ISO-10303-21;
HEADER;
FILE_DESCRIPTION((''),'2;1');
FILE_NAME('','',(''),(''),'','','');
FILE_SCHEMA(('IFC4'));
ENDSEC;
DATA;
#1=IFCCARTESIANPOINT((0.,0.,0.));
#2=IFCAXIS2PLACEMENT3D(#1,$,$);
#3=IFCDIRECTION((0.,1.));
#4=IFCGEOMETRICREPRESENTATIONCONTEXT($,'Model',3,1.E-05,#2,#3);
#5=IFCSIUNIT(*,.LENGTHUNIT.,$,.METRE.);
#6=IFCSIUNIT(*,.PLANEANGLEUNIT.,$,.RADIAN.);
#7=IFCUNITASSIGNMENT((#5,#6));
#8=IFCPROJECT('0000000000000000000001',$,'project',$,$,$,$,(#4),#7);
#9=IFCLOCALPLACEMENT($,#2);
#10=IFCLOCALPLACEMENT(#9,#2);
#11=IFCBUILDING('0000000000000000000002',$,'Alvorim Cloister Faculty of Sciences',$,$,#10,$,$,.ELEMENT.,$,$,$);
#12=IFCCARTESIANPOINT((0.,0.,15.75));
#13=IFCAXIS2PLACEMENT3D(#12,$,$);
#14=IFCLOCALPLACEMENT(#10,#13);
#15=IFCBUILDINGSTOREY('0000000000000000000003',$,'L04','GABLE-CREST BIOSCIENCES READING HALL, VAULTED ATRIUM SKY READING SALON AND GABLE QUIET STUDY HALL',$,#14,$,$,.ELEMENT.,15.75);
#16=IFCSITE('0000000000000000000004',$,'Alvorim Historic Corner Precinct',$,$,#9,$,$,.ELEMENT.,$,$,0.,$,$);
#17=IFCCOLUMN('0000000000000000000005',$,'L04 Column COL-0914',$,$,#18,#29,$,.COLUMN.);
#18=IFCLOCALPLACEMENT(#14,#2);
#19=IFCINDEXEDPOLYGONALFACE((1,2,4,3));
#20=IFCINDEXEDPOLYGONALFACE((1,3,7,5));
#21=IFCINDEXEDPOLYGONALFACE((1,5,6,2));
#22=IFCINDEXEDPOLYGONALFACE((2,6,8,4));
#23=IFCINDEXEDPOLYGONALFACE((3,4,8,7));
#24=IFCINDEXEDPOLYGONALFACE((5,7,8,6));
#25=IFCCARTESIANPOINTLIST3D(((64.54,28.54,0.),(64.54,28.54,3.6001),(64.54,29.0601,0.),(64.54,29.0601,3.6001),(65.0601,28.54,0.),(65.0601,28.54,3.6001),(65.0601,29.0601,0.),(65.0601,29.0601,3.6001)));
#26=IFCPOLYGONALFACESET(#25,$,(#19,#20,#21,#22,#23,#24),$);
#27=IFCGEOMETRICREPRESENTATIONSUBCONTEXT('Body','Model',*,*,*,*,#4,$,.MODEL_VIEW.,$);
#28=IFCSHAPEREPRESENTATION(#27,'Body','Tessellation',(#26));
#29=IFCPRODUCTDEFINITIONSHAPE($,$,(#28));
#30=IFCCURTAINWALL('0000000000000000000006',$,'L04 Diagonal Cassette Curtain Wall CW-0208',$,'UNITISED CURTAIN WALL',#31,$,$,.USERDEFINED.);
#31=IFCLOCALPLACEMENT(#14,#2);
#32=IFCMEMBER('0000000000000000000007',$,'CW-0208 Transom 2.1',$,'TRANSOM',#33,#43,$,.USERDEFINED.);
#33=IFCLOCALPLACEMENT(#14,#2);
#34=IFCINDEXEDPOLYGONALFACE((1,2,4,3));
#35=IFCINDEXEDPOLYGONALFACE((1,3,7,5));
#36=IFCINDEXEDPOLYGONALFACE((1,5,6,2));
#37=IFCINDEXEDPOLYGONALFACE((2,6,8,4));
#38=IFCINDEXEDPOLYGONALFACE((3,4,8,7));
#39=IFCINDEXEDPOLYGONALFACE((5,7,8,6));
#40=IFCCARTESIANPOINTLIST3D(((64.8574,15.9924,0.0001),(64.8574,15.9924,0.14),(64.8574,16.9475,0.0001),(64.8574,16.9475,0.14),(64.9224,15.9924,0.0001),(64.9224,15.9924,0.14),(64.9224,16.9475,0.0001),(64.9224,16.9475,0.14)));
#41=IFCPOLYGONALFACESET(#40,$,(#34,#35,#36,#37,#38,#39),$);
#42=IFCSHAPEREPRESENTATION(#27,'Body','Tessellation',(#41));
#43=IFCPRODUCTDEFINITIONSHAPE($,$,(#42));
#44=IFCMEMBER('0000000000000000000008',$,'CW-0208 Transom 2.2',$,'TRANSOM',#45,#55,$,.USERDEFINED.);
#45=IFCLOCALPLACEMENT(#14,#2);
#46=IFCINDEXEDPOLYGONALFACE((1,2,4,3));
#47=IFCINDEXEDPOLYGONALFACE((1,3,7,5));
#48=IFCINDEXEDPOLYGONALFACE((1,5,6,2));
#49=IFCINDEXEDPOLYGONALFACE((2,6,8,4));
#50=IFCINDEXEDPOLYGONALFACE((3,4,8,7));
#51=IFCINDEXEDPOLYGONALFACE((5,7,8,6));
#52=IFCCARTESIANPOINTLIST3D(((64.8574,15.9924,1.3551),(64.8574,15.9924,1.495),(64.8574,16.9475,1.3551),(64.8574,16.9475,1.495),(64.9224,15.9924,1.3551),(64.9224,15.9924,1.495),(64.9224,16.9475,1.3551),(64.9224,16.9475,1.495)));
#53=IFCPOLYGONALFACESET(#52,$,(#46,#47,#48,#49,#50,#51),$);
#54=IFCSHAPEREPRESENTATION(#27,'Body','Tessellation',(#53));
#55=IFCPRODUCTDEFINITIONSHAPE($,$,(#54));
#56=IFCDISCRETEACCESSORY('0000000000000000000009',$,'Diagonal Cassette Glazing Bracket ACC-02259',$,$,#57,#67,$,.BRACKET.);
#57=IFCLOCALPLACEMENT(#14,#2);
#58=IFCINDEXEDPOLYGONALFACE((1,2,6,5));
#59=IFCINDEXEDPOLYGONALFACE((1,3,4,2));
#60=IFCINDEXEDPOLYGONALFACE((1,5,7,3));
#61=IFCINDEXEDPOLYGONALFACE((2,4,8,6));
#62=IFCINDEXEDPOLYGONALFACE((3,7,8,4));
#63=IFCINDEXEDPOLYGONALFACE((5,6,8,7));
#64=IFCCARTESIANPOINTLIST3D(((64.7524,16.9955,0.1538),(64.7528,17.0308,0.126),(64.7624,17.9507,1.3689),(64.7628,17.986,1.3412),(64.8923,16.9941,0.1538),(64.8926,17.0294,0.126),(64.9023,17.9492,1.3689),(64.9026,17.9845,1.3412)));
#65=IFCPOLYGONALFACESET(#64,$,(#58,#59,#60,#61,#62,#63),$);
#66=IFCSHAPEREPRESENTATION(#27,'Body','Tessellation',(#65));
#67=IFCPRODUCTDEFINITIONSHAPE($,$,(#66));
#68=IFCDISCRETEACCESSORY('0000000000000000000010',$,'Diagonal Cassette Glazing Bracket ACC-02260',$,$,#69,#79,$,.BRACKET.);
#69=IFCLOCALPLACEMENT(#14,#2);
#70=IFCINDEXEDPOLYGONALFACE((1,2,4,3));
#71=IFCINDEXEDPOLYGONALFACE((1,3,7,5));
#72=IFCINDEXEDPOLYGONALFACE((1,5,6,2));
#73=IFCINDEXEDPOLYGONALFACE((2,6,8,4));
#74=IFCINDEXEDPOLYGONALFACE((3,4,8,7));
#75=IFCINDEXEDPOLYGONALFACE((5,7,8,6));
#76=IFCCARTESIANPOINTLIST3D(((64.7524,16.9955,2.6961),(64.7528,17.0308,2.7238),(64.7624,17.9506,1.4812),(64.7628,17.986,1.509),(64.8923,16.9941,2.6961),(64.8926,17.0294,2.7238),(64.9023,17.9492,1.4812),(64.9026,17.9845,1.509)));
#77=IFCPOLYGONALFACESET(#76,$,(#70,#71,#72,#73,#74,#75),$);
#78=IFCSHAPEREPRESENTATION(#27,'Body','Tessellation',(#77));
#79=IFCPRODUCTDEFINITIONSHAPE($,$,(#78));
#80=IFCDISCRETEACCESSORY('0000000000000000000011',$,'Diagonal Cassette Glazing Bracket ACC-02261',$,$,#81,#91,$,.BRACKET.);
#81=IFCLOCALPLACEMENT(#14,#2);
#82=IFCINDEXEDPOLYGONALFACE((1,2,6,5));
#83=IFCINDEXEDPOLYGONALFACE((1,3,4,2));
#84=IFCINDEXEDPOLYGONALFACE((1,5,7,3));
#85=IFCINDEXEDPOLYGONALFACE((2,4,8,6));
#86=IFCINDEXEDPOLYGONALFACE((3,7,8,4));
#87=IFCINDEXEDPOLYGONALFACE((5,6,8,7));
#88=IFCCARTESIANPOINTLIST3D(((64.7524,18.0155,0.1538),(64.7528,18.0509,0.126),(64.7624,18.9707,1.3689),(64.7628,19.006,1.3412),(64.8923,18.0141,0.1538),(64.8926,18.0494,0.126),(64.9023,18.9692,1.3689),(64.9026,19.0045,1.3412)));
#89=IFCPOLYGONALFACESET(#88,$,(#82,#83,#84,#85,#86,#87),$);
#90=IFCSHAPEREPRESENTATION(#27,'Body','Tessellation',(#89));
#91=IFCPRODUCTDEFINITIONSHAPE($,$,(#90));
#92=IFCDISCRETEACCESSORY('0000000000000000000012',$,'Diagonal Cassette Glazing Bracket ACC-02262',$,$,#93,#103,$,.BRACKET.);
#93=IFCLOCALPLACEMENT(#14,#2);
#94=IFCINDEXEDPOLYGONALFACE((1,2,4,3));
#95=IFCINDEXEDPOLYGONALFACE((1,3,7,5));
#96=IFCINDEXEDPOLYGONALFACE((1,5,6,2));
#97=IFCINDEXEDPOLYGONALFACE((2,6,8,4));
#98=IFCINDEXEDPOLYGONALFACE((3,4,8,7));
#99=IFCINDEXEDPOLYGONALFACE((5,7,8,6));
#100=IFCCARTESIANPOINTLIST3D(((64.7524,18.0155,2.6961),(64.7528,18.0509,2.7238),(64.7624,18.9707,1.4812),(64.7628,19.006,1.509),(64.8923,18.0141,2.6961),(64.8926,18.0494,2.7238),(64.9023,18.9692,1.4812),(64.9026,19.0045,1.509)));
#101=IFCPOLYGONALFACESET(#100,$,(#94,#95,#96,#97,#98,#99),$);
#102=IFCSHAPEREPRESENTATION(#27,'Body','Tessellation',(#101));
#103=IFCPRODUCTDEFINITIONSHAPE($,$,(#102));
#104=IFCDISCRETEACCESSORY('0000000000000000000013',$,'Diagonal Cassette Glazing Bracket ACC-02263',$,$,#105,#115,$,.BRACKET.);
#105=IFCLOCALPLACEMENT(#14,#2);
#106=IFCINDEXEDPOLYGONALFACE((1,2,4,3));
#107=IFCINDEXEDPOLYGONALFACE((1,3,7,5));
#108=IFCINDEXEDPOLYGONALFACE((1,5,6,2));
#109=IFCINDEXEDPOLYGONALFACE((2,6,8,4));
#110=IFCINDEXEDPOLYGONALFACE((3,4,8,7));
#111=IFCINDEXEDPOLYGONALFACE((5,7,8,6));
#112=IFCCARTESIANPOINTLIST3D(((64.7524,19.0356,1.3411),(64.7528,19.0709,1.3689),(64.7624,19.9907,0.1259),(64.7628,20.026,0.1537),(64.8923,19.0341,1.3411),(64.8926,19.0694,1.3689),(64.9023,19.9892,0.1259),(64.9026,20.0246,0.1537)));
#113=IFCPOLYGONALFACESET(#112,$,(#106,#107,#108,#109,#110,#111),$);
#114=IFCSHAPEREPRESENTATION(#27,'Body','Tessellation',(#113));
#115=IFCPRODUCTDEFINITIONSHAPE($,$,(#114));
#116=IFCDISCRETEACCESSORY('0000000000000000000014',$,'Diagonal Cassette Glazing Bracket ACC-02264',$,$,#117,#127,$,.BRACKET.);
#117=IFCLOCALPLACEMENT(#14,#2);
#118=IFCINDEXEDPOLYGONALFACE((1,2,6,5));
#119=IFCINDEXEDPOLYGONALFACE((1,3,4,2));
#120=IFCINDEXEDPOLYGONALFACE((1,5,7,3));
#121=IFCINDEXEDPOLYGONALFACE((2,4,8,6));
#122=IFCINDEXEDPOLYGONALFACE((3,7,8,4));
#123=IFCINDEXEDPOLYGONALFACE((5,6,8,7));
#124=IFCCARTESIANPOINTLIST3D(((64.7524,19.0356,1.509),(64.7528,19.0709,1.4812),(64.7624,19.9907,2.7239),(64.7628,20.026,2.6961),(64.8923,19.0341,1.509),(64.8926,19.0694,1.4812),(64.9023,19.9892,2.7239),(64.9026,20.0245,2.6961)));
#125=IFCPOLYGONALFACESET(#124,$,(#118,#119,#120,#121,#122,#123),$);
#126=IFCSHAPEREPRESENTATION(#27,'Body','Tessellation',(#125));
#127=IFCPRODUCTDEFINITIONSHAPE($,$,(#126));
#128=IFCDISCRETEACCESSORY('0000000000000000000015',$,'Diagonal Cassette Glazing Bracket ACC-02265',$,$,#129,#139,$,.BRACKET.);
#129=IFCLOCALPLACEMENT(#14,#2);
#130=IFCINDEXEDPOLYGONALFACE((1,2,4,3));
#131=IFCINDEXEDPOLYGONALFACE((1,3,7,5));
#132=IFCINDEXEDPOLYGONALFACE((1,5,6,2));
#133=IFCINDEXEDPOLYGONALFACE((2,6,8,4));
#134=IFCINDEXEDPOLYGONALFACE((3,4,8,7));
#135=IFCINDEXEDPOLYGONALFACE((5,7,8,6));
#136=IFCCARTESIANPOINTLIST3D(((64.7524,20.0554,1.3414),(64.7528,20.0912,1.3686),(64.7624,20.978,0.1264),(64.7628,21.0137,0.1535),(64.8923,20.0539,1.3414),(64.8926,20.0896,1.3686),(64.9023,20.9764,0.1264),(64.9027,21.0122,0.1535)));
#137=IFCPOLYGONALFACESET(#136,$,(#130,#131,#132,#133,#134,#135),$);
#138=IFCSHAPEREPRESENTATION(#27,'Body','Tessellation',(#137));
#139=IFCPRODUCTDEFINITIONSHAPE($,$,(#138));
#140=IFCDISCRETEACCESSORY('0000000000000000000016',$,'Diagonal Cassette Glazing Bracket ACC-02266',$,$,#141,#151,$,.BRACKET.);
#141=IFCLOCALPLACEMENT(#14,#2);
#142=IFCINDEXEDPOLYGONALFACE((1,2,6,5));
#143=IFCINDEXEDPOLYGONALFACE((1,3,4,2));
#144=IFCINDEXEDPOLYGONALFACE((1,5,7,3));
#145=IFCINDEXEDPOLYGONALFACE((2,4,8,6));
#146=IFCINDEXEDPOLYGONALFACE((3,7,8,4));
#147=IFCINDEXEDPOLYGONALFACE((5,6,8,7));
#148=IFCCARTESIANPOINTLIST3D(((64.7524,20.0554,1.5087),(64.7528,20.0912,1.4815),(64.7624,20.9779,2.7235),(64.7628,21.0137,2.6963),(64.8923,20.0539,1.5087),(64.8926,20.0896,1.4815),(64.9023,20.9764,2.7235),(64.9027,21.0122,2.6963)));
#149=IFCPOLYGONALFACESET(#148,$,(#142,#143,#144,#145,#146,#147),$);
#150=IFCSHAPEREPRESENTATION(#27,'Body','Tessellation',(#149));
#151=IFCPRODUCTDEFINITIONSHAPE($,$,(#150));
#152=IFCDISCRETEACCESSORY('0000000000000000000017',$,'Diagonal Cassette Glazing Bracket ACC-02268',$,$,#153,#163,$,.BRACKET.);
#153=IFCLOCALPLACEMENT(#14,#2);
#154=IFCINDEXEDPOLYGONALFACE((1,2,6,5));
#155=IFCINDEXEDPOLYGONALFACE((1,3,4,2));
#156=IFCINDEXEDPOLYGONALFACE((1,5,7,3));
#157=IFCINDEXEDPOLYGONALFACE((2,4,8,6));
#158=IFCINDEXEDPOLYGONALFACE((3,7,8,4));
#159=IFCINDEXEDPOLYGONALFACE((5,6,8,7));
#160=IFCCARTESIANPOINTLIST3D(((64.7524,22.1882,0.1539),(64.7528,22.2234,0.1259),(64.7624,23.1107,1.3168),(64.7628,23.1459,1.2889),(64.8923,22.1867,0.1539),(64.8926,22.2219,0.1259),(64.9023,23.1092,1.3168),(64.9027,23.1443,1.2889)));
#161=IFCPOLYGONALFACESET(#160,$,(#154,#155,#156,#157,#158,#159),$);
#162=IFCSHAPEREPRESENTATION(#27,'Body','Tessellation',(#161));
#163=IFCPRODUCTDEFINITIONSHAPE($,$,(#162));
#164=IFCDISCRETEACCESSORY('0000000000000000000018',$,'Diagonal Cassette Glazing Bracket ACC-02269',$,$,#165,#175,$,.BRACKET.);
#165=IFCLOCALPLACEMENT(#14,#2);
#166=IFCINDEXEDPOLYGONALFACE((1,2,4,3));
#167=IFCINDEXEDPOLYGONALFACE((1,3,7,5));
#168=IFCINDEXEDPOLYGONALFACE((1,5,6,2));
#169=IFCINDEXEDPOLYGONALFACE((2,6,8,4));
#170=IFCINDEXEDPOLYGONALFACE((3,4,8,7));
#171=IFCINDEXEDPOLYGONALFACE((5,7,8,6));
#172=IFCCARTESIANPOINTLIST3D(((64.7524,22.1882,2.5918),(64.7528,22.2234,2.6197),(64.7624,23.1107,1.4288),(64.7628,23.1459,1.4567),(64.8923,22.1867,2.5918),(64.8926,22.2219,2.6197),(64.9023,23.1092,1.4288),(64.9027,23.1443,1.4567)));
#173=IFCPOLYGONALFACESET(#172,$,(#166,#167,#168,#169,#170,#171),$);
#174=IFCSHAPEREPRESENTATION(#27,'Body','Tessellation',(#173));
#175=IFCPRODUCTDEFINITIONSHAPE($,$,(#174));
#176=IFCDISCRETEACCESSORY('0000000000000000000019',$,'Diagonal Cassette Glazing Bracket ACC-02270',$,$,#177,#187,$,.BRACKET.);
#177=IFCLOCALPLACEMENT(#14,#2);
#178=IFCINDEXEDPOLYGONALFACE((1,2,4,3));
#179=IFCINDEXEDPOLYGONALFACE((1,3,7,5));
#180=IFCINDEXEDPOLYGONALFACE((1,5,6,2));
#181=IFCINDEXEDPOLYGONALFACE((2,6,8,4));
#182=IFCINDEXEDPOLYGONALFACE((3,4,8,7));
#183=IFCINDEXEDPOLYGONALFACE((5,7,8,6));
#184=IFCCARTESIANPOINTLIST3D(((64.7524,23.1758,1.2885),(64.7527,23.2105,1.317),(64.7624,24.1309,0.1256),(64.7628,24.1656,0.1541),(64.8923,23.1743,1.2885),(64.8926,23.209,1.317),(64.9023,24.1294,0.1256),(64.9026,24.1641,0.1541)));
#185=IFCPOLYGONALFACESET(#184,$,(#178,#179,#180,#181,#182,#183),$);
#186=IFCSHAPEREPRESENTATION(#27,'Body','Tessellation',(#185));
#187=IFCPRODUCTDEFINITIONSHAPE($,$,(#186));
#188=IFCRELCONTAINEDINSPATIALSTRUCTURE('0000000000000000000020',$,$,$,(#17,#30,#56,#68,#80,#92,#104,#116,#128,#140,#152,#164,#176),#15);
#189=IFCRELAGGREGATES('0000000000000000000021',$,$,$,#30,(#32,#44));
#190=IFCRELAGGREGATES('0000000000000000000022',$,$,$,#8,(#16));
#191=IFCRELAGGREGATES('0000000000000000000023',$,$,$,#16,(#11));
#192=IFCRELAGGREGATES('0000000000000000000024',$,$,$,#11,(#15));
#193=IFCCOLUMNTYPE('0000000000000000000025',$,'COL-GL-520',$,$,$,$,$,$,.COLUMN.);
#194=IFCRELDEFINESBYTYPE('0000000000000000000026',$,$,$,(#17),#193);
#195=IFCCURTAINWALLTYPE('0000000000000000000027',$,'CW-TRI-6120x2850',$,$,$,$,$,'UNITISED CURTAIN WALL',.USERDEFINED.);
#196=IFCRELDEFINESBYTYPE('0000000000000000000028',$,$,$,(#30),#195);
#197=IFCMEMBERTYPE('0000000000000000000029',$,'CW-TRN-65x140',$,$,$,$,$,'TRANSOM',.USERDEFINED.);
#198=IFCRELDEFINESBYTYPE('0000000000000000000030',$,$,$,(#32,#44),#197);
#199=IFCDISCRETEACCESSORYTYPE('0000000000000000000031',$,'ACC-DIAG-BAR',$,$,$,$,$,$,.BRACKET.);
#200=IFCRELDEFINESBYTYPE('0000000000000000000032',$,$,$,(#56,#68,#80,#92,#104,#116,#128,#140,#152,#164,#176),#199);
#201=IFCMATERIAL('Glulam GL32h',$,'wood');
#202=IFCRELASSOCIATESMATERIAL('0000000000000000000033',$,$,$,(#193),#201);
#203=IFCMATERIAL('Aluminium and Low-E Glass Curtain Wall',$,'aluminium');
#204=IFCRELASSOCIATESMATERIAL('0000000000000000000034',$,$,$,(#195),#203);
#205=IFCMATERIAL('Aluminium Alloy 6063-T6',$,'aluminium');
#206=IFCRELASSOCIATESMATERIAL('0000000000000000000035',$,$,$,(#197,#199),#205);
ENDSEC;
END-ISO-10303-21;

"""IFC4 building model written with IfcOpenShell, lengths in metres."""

from ifc_helpers import new_model, si_unit, direction, frame, origin, origin_2d, place, context, subcontext, project, spatial, rectangle, extrude, material, material_profile, profile_set, type_object, element, aggregate, save


model = new_model("IFC4")

# Units and contexts
model_context = context("Model", 3, precision=1e-05, world=origin(), true_north=direction((0.0, 1.0)))
body_context = subcontext(model_context, "Body", "Model", "MODEL_VIEW")
ifc_project = project(units=[si_unit("LENGTHUNIT", "METRE"), si_unit("PLANEANGLEUNIT", "RADIAN")], contexts=[model_context])

# Site, building, storey
site_placement = place(None, origin())
site = spatial("IfcSite", under=ifc_project, at=site_placement, Name="Alvorim Historic Corner Precinct", CompositionType="ELEMENT", RefElevation=0.0)
building_placement = place(site_placement, origin())
building = spatial("IfcBuilding", under=site, at=building_placement, Name="Alvorim Cloister Faculty of Sciences", CompositionType="ELEMENT")
storey_placement = place(building_placement, frame((0.0, 0.0, 15.75)))
storey = spatial("IfcBuildingStorey", under=building, at=storey_placement, Name="L04", Description="GABLE-CREST BIOSCIENCES READING HALL, VAULTED ATRIUM SKY READING SALON AND GABLE QUIET STUDY HALL", CompositionType="ELEMENT", Elevation=15.75)

# Column
ifc_material_1 = material(Name="Glulam GL32h", Category="wood")
ifc_material_profile_1 = material_profile(ifc_material_1, rectangle(XDim=0.52, YDim=0.52, at=origin_2d()), Name="GL32-COL-520x520")
ifc_profile_set_1 = profile_set([ifc_material_profile_1], Name="Glulam GL32h")
column_type = type_object("IfcColumnType", Name="COL-GL-520", PredefinedType="COLUMN", material=ifc_profile_set_1)
column_placement = place(storey_placement, frame((64.8, 28.8, 0.0), z_axis=(0.0, 0.0, 1.0), x_axis=(1.0, 0.0, 0.0)))
element("IfcColumn", 1, at=column_placement, inside=storey, type_object=column_type, Name="L04 Column COL-0914", PredefinedType="COLUMN", context=body_context, shape_type="SweptSolid", body=[
    extrude(rectangle(XDim=0.52, YDim=0.52, at=origin_2d()), origin(), (0.0, 0.0, 1.0), 3.6001),
])

# Curtain wall, members
ifc_material_2 = material(Name="Aluminium and Low-E Glass Curtain Wall", Category="aluminium")
curtain_wall_type = type_object("IfcCurtainWallType", Name="CW-TRI-6120x2850", ElementType="UNITISED CURTAIN WALL", PredefinedType="USERDEFINED", material=ifc_material_2)
curtain_wall_placement = place(storey_placement, origin())
curtain_wall = element("IfcCurtainWall", 2, at=curtain_wall_placement, inside=storey, type_object=curtain_wall_type, Name="L04 Diagonal Cassette Curtain Wall CW-0208", ObjectType="UNITISED CURTAIN WALL", PredefinedType="USERDEFINED")
ifc_material_3 = material(Name="Aluminium Alloy 6063-T6", Category="aluminium")
ifc_material_profile_2 = material_profile(ifc_material_3, rectangle(XDim=0.0649, YDim=0.1399, at=origin_2d()), Name="ALU-TRN-65x140")
ifc_profile_set_2 = profile_set([ifc_material_profile_2], Name="Aluminium Alloy 6063-T6")
member_type = type_object("IfcMemberType", Name="CW-TRN-65x140", ElementType="TRANSOM", PredefinedType="USERDEFINED", material=ifc_profile_set_2)
member_1_placement = place(storey_placement, frame((64.8899, 15.9924, 0.0701), z_axis=(0.0, 1.0, 0.0), x_axis=(-1.0, 0.0, 0.0)))
member_1 = element("IfcMember", 3, at=member_1_placement, type_object=member_type, Name="CW-0208 Transom 2.1", ObjectType="TRANSOM", PredefinedType="USERDEFINED", context=body_context, shape_type="SweptSolid", body=[
    extrude(rectangle(XDim=0.0649, YDim=0.1399, at=origin_2d()), origin(), (0.0, 0.0, 1.0), 0.9551),
])
member_2_placement = place(storey_placement, frame((64.8899, 15.9924, 1.425), z_axis=(0.0, 1.0, 0.0), x_axis=(-1.0, 0.0, 0.0)))
member_2 = element("IfcMember", 4, at=member_2_placement, type_object=member_type, Name="CW-0208 Transom 2.2", ObjectType="TRANSOM", PredefinedType="USERDEFINED", context=body_context, shape_type="SweptSolid", body=[
    extrude(rectangle(XDim=0.0649, YDim=0.1399, at=origin_2d()), origin(), (0.0, 0.0, 1.0), 0.9551),
])
aggregate(curtain_wall, [member_1, member_2])

# Discrete accessories
discrete_accessory_type = type_object("IfcDiscreteAccessoryType", Name="ACC-DIAG-BAR", PredefinedType="BRACKET", material=ifc_material_3)
discrete_accessory_1_placement = place(storey_placement, frame((64.8225, 17.0125, 0.1399), z_axis=(0.006477, 0.617955, 0.786187), x_axis=(-0.999945, 0.01048, 0.0)))
element("IfcDiscreteAccessory", 5, at=discrete_accessory_1_placement, inside=storey, type_object=discrete_accessory_type, Name="Diagonal Cassette Glazing Bracket ACC-02259", PredefinedType="BRACKET", context=body_context, shape_type="SweptSolid", body=[
    extrude(rectangle(XDim=0.1399, YDim=0.0449, at=origin_2d()), origin(), (0.0, 0.0, 1.0), 1.5457),
])
discrete_accessory_2_placement = place(storey_placement, frame((64.8225, 17.0125, 2.71), z_axis=(0.006477, 0.618032, -0.786126), x_axis=(-0.999945, 0.01048, 0.0)))
element("IfcDiscreteAccessory", 6, at=discrete_accessory_2_placement, inside=storey, type_object=discrete_accessory_type, Name="Diagonal Cassette Glazing Bracket ACC-02260", PredefinedType="BRACKET", context=body_context, shape_type="SweptSolid", body=[
    extrude(rectangle(XDim=0.1399, YDim=0.0449, at=origin_2d()), origin(), (0.0, 0.0, 1.0), 1.5454),
])
discrete_accessory_3_placement = place(storey_placement, frame((64.8225, 18.0325, 0.1399), z_axis=(0.006477, 0.617955, 0.786187), x_axis=(-0.999945, 0.01048, 0.0)))
element("IfcDiscreteAccessory", 7, at=discrete_accessory_3_placement, inside=storey, type_object=discrete_accessory_type, Name="Diagonal Cassette Glazing Bracket ACC-02261", PredefinedType="BRACKET", context=body_context, shape_type="SweptSolid", body=[
    extrude(rectangle(XDim=0.1399, YDim=0.0449, at=origin_2d()), origin(), (0.0, 0.0, 1.0), 1.5457),
])
discrete_accessory_4_placement = place(storey_placement, frame((64.8225, 18.0325, 2.71), z_axis=(0.006477, 0.618032, -0.786126), x_axis=(-0.999945, 0.01048, 0.0)))
element("IfcDiscreteAccessory", 8, at=discrete_accessory_4_placement, inside=storey, type_object=discrete_accessory_type, Name="Diagonal Cassette Glazing Bracket ACC-02262", PredefinedType="BRACKET", context=body_context, shape_type="SweptSolid", body=[
    extrude(rectangle(XDim=0.1399, YDim=0.0449, at=origin_2d()), origin(), (0.0, 0.0, 1.0), 1.5454),
])
discrete_accessory_5_placement = place(storey_placement, frame((64.8225, 19.0525, 1.355), z_axis=(0.006477, 0.617955, -0.786187), x_axis=(-0.999945, 0.01048, 0.0)))
element("IfcDiscreteAccessory", 9, at=discrete_accessory_5_placement, inside=storey, type_object=discrete_accessory_type, Name="Diagonal Cassette Glazing Bracket ACC-02263", PredefinedType="BRACKET", context=body_context, shape_type="SweptSolid", body=[
    extrude(rectangle(XDim=0.1399, YDim=0.0449, at=origin_2d()), origin(), (0.0, 0.0, 1.0), 1.5457),
])
discrete_accessory_6_placement = place(storey_placement, frame((64.8225, 19.0525, 1.4951), z_axis=(0.006477, 0.618032, 0.786126), x_axis=(-0.999945, 0.01048, 0.0)))
element("IfcDiscreteAccessory", 10, at=discrete_accessory_6_placement, inside=storey, type_object=discrete_accessory_type, Name="Diagonal Cassette Glazing Bracket ACC-02264", PredefinedType="BRACKET", context=body_context, shape_type="SweptSolid", body=[
    extrude(rectangle(XDim=0.1399, YDim=0.0449, at=origin_2d()), origin(), (0.0, 0.0, 1.0), 1.5454),
])
discrete_accessory_7_placement = place(storey_placement, frame((64.8225, 20.0725, 1.355), z_axis=(0.006561, 0.604713, -0.796416), x_axis=(-0.999941, 0.010849, 0.0)))
element("IfcDiscreteAccessory", 11, at=discrete_accessory_7_placement, inside=storey, type_object=discrete_accessory_type, Name="Diagonal Cassette Glazing Bracket ACC-02265", PredefinedType="BRACKET", context=body_context, shape_type="SweptSolid", body=[
    extrude(rectangle(XDim=0.1399, YDim=0.0449, at=origin_2d()), origin(), (0.0, 0.0, 1.0), 1.5256),
])
discrete_accessory_8_placement = place(storey_placement, frame((64.8225, 20.0725, 1.4951), z_axis=(0.006562, 0.60479, 0.796358), x_axis=(-0.999941, 0.010849, 0.0)))
element("IfcDiscreteAccessory", 12, at=discrete_accessory_8_placement, inside=storey, type_object=discrete_accessory_type, Name="Diagonal Cassette Glazing Bracket ACC-02266", PredefinedType="BRACKET", context=body_context, shape_type="SweptSolid", body=[
    extrude(rectangle(XDim=0.1399, YDim=0.0449, at=origin_2d()), origin(), (0.0, 0.0, 1.0), 1.5254),
])
for number, where, z_axis, x_axis, name in (
    (13, (64.8225, 22.2051, 0.1399), (0.006744, 0.621426, 0.783444), (-0.999941, 0.010852, 0.0), "Diagonal Cassette Glazing Bracket ACC-02268"),
    (14, (64.8225, 22.2051, 2.6057), (0.006744, 0.621426, -0.783444), (-0.999941, 0.010852, 0.0), "Diagonal Cassette Glazing Bracket ACC-02269"),
):
    element("IfcDiscreteAccessory", number, at=place(storey_placement, frame(where, z_axis=z_axis, x_axis=x_axis)), inside=storey, type_object=discrete_accessory_type, Name=name, PredefinedType="BRACKET", context=body_context, shape_type="SweptSolid", body=[
        extrude(rectangle(XDim=0.1399, YDim=0.0449, at=origin_2d()), origin(), (0.0, 0.0, 1.0), 1.4844),
    ])
for number, where, z_axis, x_axis, name in (
    (15, (64.8225, 23.1924, 1.3027), (0.006652, 0.63468, -0.772746), (-0.999945, 0.01048, 0.0), "Diagonal Cassette Glazing Bracket ACC-02270"),
):
    element("IfcDiscreteAccessory", number, at=place(storey_placement, frame(where, z_axis=z_axis, x_axis=x_axis)), inside=storey, type_object=discrete_accessory_type, Name=name, PredefinedType="BRACKET", context=body_context, shape_type="SweptSolid", body=[
        extrude(rectangle(XDim=0.1399, YDim=0.0449, at=origin_2d()), origin(), (0.0, 0.0, 1.0), 1.5049),
    ])

save(model, "model.ifc")
